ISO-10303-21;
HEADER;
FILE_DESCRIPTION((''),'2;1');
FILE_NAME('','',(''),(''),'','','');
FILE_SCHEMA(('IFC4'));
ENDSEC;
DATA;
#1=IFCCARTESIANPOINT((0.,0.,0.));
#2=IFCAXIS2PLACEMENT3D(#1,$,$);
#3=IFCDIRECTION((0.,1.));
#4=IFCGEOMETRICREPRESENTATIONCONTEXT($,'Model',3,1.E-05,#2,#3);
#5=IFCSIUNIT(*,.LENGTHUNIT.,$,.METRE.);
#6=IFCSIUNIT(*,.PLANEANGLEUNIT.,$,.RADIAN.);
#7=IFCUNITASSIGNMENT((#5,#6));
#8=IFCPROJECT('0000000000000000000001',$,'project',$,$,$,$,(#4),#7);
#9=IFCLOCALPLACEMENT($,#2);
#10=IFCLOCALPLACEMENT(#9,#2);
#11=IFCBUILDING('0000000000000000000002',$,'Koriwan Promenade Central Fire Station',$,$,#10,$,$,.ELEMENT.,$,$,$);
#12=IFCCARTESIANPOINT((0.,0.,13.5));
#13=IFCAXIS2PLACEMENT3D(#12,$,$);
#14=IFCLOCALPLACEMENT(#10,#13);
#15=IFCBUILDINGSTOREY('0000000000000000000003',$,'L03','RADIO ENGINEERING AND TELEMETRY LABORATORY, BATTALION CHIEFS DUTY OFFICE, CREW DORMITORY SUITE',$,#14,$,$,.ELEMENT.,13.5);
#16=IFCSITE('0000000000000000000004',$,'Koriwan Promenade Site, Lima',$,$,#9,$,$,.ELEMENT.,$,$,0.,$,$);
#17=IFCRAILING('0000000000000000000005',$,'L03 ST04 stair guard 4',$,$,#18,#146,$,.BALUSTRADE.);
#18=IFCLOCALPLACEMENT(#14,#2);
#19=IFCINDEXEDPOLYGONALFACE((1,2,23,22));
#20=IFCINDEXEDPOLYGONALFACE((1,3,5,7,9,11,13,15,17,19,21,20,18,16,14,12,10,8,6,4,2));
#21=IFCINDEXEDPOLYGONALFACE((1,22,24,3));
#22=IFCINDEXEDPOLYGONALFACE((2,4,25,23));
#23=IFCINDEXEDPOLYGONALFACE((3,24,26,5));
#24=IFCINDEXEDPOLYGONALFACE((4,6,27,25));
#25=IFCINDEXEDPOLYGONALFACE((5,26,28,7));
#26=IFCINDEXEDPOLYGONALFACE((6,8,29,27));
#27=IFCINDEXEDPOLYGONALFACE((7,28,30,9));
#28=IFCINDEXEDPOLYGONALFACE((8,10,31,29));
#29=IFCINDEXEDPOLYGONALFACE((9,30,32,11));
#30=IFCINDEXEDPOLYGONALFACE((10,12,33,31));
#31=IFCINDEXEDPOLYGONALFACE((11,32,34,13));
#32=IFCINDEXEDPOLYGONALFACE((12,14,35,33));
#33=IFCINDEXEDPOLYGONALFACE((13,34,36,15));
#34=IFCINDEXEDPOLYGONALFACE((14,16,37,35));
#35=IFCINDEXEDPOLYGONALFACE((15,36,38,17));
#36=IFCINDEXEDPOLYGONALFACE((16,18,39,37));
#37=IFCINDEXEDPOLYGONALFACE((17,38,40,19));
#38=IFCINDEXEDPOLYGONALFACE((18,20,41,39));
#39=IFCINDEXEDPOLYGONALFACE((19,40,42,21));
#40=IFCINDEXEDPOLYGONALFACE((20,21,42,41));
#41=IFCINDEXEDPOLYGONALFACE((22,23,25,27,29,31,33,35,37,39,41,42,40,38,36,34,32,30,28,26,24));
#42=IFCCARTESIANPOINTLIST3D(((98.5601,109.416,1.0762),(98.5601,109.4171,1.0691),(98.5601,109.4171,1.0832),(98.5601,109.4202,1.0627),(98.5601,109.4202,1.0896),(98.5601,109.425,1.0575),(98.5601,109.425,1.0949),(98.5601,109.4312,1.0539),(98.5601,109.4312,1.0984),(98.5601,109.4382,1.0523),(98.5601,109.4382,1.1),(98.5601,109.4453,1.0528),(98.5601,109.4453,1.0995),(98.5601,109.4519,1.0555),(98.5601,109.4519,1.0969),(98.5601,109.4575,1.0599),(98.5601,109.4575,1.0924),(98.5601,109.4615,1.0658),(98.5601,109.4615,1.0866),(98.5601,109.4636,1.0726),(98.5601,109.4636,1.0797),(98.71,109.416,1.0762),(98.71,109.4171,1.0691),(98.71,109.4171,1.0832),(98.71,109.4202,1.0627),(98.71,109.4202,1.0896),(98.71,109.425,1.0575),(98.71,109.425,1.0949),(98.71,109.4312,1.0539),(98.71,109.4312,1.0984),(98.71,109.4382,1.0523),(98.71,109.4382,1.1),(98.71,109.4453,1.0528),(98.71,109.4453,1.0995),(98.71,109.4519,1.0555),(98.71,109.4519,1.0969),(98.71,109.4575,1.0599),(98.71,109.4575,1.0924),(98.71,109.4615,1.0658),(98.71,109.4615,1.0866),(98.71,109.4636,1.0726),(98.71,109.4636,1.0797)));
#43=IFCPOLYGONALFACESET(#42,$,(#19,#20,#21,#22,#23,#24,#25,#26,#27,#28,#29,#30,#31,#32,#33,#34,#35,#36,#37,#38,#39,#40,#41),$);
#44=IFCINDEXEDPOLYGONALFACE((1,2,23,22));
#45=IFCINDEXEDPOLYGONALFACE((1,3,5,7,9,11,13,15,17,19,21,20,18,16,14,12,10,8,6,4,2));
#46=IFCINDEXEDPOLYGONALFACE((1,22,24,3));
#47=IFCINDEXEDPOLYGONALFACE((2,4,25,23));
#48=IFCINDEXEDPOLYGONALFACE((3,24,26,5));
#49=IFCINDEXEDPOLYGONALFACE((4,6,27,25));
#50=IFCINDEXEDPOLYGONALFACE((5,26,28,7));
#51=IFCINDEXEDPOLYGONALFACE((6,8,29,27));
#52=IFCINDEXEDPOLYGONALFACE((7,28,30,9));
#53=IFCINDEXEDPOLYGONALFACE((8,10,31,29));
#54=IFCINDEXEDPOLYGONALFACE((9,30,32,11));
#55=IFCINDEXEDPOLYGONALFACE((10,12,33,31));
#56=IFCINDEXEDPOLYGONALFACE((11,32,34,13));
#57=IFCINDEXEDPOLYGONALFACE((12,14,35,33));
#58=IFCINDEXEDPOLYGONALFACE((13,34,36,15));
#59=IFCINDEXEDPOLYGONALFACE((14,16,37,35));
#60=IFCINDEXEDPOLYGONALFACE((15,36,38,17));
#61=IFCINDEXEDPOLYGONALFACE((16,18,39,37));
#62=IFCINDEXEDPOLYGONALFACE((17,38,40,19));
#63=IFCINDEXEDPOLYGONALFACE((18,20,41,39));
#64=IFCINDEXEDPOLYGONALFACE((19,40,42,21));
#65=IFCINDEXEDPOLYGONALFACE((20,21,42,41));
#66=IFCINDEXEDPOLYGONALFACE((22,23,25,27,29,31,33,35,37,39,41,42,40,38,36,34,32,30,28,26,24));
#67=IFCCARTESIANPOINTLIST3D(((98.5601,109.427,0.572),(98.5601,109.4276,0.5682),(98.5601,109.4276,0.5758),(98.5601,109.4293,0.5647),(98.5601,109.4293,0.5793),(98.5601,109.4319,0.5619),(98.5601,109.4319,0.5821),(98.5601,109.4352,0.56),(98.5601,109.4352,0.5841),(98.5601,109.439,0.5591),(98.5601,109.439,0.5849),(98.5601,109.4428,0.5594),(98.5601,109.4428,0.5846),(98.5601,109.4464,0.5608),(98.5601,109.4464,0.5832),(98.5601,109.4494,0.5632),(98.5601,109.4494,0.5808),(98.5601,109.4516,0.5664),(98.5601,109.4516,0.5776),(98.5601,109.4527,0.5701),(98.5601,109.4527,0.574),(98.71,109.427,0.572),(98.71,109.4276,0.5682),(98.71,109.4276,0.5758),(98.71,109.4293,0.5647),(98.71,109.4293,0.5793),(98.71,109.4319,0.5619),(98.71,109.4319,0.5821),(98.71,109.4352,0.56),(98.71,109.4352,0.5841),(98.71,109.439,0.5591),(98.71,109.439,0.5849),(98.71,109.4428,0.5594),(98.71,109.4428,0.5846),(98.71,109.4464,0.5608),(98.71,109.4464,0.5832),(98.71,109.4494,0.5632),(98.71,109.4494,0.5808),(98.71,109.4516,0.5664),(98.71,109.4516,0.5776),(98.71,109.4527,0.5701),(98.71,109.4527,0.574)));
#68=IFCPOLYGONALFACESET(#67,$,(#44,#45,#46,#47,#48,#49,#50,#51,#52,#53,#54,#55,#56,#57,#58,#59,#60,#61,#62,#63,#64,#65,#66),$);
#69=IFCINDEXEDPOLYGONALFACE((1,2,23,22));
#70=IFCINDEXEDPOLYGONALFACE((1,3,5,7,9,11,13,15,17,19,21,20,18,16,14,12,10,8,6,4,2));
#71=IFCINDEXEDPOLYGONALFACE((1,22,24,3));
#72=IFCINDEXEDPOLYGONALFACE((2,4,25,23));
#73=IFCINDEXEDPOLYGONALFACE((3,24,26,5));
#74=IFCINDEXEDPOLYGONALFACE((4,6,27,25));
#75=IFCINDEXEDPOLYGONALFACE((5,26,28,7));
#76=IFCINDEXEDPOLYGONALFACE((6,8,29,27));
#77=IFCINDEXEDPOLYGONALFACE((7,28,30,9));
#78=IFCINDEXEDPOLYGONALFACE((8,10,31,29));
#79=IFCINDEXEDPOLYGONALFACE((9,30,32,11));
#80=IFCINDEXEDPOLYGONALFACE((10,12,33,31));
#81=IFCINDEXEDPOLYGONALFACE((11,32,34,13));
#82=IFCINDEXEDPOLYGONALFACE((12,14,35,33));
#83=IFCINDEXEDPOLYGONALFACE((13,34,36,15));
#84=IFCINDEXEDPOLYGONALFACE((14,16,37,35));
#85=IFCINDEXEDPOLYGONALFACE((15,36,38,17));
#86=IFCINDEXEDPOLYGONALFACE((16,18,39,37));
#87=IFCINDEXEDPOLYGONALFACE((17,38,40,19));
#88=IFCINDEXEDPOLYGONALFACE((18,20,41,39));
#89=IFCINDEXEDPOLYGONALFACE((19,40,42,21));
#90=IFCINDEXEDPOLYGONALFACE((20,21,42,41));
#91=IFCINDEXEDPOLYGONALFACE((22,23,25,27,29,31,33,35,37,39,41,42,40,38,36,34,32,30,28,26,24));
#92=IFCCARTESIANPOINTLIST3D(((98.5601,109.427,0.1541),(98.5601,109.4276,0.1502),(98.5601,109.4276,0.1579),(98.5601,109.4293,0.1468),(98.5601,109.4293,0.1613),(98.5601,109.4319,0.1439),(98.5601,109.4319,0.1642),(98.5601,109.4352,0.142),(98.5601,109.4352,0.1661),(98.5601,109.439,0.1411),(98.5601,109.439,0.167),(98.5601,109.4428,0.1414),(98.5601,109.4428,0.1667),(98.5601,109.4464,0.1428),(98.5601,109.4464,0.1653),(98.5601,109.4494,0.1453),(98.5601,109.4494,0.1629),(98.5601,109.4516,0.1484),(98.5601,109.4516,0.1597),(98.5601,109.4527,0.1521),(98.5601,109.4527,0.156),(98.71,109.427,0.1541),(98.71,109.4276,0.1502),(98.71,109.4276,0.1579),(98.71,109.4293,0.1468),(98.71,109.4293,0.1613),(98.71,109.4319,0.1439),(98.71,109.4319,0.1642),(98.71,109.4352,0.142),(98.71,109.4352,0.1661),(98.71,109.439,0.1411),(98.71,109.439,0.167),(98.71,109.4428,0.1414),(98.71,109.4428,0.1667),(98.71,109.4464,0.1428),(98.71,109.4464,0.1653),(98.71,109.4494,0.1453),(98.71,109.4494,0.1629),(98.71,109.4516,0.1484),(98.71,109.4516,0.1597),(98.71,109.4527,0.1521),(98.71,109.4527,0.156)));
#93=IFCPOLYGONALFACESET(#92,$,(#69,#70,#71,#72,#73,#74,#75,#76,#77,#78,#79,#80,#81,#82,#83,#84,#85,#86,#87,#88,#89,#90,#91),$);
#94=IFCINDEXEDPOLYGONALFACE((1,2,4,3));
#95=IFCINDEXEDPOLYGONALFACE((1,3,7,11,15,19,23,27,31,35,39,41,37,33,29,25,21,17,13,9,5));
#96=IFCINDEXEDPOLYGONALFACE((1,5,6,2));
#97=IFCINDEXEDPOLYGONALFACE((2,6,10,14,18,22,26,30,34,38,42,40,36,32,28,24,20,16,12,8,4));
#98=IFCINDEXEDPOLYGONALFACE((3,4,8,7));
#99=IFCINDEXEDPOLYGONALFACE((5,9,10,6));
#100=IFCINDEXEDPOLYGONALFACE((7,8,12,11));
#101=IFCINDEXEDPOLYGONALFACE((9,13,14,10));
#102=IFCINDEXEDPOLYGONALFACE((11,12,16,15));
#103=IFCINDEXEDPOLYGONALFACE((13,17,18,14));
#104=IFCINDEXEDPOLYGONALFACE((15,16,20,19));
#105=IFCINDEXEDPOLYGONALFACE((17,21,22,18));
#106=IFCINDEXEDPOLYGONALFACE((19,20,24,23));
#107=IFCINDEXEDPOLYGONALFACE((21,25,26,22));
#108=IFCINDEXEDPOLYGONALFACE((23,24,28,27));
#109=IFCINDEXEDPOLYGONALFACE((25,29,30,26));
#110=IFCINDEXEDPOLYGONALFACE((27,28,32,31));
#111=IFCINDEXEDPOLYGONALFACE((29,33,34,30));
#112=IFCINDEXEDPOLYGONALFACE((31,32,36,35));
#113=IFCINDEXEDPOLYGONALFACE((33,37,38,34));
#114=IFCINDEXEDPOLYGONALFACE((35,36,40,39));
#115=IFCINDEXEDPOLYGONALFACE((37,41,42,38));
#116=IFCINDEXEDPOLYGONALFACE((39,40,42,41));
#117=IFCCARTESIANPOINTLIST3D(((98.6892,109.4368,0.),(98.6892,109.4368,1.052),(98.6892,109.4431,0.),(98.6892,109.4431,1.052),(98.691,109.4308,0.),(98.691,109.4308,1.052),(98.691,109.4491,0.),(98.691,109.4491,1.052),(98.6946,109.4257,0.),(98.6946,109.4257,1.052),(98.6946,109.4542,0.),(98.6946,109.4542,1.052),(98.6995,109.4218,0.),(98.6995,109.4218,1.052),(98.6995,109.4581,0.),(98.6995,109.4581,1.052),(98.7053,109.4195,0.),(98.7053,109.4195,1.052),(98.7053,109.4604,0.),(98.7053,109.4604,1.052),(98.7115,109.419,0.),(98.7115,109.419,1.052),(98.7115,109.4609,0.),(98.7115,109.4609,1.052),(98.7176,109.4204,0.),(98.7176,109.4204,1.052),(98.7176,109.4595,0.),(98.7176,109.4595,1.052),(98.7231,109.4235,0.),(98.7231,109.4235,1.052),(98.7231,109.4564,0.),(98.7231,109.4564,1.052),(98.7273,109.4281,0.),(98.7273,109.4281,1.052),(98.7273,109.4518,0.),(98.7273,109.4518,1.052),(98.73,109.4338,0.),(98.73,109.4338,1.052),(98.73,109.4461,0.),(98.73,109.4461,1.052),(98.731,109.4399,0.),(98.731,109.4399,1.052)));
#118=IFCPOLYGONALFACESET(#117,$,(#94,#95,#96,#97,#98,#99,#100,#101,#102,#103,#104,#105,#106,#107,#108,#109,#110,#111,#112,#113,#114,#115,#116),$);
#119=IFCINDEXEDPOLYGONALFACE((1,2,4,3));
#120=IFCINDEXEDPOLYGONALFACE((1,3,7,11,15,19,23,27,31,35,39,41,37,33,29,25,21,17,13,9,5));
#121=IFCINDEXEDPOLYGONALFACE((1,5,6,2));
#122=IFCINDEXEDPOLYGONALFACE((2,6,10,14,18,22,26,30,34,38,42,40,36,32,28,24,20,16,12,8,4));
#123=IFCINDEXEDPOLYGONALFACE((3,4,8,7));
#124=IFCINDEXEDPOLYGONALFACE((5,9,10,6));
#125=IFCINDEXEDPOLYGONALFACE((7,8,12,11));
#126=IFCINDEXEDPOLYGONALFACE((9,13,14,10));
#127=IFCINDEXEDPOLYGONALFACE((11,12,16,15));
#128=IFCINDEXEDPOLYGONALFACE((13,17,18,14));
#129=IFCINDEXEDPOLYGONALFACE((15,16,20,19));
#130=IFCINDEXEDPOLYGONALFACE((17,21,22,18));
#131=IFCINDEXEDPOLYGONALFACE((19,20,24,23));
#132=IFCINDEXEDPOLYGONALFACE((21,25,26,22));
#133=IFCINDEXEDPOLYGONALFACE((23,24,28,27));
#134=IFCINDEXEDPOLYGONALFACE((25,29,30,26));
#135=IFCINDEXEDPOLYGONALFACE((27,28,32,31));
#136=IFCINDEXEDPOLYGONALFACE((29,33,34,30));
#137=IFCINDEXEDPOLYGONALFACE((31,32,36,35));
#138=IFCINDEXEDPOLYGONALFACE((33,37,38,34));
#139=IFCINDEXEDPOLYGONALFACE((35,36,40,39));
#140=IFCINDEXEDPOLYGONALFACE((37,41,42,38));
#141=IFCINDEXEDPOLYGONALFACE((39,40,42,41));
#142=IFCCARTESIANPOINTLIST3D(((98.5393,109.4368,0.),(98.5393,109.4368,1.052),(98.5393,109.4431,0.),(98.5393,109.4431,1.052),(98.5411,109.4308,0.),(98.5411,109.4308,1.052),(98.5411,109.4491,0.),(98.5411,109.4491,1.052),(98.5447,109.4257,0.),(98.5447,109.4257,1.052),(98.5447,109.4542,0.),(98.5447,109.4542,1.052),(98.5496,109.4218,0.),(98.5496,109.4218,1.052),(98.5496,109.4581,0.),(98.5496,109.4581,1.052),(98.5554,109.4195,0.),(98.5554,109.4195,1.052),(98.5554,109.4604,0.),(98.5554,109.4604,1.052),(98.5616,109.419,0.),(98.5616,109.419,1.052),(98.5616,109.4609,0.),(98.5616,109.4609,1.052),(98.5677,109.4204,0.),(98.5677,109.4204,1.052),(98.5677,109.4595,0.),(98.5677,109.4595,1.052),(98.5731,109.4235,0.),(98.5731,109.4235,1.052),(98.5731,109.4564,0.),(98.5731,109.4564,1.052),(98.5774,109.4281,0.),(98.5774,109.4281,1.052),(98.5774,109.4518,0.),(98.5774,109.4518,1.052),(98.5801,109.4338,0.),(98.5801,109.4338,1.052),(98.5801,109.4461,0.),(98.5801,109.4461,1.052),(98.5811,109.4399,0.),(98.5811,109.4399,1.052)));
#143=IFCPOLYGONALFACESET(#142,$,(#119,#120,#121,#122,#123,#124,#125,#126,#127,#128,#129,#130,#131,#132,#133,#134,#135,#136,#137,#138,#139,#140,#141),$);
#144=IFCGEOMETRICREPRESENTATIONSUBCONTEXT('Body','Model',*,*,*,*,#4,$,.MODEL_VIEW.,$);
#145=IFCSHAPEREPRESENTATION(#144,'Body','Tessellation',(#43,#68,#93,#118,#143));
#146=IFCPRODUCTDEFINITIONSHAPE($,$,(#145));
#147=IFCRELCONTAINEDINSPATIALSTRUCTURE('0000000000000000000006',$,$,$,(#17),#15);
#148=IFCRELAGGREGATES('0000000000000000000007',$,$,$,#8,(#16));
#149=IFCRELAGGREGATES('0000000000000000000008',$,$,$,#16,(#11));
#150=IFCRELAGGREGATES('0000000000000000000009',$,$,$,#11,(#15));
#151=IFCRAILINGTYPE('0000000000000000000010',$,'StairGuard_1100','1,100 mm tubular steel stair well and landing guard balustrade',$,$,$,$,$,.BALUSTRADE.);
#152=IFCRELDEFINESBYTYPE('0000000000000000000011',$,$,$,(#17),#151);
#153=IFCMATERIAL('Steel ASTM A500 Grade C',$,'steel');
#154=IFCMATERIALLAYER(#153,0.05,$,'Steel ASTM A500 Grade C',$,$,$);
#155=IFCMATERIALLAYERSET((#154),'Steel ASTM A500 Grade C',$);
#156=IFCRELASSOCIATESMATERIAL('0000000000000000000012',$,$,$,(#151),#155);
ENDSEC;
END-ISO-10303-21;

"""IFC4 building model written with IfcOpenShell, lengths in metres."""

from ifc_helpers import new_model, si_unit, direction, frame, origin, origin_2d, place, context, subcontext, project, spatial, circle, extrude, material, layer, layer_set, type_object, element, save


model = new_model("IFC4")

# Units and contexts
model_context = context("Model", 3, precision=1e-05, world=origin(), true_north=direction((0.0, 1.0)))
body_context = subcontext(model_context, "Body", "Model", "MODEL_VIEW")
ifc_project = project(units=[si_unit("LENGTHUNIT", "METRE"), si_unit("PLANEANGLEUNIT", "RADIAN")], contexts=[model_context])

# Site, building, storey
site_placement = place(None, origin())
site = spatial("IfcSite", under=ifc_project, at=site_placement, Name="Koriwan Promenade Site, Lima", CompositionType="ELEMENT", RefElevation=0.0)
building_placement = place(site_placement, origin())
building = spatial("IfcBuilding", under=site, at=building_placement, Name="Koriwan Promenade Central Fire Station", CompositionType="ELEMENT")
storey_placement = place(building_placement, frame((0.0, 0.0, 13.5)))
storey = spatial("IfcBuildingStorey", under=building, at=storey_placement, Name="L03", Description="RADIO ENGINEERING AND TELEMETRY LABORATORY, BATTALION CHIEFS DUTY OFFICE, CREW DORMITORY SUITE", CompositionType="ELEMENT", Elevation=13.5)

# Railing
ifc_material_1 = material(Name="Steel ASTM A500 Grade C", Category="steel")
ifc_layer_1 = layer(ifc_material_1, 0.05, Name="Steel ASTM A500 Grade C")
ifc_layer_set_1 = layer_set([ifc_layer_1], Name="Steel ASTM A500 Grade C")
railing_type_1 = type_object("IfcRailingType", Name="StairGuard_1100", Description="1,100 mm tubular steel stair well and landing guard balustrade", PredefinedType="BALUSTRADE", material=ifc_layer_set_1)
railing_1_placement = place(storey_placement, frame((98.71, 109.4399, 0.0)))
element("IfcRailing", 1, at=railing_1_placement, inside=storey, type_object=railing_type_1, Name="L03 ST04 stair guard 4", PredefinedType="BALUSTRADE", context=body_context, shape_type="SweptSolid", body=[
    extrude(circle(Radius=0.0239, at=origin_2d()), frame((0.0, 0.0, 1.0762), z_axis=(-1.0, 0.0, 0.0), x_axis=(0.0, -1.0, 0.0)), (0.0, 0.0, 1.0), 0.1499),
    extrude(circle(Radius=0.0129, at=origin_2d()), frame((0.0, 0.0, 0.572), z_axis=(-1.0, 0.0, 0.0), x_axis=(0.0, -1.0, 0.0)), (0.0, 0.0, 1.0), 0.1499),
    extrude(circle(Radius=0.0129, at=origin_2d()), frame((0.0, 0.0, 0.1541), z_axis=(-1.0, 0.0, 0.0), x_axis=(0.0, -1.0, 0.0)), (0.0, 0.0, 1.0), 0.1499),
    extrude(circle(Radius=0.021, at=origin_2d()), origin(), (0.0, 0.0, 1.0), 1.052),
    extrude(circle(Radius=0.021, at=origin_2d()), frame((-0.1499, 0.0, 0.0)), (0.0, 0.0, 1.0), 1.052),
])

save(model, "model.ifc")
